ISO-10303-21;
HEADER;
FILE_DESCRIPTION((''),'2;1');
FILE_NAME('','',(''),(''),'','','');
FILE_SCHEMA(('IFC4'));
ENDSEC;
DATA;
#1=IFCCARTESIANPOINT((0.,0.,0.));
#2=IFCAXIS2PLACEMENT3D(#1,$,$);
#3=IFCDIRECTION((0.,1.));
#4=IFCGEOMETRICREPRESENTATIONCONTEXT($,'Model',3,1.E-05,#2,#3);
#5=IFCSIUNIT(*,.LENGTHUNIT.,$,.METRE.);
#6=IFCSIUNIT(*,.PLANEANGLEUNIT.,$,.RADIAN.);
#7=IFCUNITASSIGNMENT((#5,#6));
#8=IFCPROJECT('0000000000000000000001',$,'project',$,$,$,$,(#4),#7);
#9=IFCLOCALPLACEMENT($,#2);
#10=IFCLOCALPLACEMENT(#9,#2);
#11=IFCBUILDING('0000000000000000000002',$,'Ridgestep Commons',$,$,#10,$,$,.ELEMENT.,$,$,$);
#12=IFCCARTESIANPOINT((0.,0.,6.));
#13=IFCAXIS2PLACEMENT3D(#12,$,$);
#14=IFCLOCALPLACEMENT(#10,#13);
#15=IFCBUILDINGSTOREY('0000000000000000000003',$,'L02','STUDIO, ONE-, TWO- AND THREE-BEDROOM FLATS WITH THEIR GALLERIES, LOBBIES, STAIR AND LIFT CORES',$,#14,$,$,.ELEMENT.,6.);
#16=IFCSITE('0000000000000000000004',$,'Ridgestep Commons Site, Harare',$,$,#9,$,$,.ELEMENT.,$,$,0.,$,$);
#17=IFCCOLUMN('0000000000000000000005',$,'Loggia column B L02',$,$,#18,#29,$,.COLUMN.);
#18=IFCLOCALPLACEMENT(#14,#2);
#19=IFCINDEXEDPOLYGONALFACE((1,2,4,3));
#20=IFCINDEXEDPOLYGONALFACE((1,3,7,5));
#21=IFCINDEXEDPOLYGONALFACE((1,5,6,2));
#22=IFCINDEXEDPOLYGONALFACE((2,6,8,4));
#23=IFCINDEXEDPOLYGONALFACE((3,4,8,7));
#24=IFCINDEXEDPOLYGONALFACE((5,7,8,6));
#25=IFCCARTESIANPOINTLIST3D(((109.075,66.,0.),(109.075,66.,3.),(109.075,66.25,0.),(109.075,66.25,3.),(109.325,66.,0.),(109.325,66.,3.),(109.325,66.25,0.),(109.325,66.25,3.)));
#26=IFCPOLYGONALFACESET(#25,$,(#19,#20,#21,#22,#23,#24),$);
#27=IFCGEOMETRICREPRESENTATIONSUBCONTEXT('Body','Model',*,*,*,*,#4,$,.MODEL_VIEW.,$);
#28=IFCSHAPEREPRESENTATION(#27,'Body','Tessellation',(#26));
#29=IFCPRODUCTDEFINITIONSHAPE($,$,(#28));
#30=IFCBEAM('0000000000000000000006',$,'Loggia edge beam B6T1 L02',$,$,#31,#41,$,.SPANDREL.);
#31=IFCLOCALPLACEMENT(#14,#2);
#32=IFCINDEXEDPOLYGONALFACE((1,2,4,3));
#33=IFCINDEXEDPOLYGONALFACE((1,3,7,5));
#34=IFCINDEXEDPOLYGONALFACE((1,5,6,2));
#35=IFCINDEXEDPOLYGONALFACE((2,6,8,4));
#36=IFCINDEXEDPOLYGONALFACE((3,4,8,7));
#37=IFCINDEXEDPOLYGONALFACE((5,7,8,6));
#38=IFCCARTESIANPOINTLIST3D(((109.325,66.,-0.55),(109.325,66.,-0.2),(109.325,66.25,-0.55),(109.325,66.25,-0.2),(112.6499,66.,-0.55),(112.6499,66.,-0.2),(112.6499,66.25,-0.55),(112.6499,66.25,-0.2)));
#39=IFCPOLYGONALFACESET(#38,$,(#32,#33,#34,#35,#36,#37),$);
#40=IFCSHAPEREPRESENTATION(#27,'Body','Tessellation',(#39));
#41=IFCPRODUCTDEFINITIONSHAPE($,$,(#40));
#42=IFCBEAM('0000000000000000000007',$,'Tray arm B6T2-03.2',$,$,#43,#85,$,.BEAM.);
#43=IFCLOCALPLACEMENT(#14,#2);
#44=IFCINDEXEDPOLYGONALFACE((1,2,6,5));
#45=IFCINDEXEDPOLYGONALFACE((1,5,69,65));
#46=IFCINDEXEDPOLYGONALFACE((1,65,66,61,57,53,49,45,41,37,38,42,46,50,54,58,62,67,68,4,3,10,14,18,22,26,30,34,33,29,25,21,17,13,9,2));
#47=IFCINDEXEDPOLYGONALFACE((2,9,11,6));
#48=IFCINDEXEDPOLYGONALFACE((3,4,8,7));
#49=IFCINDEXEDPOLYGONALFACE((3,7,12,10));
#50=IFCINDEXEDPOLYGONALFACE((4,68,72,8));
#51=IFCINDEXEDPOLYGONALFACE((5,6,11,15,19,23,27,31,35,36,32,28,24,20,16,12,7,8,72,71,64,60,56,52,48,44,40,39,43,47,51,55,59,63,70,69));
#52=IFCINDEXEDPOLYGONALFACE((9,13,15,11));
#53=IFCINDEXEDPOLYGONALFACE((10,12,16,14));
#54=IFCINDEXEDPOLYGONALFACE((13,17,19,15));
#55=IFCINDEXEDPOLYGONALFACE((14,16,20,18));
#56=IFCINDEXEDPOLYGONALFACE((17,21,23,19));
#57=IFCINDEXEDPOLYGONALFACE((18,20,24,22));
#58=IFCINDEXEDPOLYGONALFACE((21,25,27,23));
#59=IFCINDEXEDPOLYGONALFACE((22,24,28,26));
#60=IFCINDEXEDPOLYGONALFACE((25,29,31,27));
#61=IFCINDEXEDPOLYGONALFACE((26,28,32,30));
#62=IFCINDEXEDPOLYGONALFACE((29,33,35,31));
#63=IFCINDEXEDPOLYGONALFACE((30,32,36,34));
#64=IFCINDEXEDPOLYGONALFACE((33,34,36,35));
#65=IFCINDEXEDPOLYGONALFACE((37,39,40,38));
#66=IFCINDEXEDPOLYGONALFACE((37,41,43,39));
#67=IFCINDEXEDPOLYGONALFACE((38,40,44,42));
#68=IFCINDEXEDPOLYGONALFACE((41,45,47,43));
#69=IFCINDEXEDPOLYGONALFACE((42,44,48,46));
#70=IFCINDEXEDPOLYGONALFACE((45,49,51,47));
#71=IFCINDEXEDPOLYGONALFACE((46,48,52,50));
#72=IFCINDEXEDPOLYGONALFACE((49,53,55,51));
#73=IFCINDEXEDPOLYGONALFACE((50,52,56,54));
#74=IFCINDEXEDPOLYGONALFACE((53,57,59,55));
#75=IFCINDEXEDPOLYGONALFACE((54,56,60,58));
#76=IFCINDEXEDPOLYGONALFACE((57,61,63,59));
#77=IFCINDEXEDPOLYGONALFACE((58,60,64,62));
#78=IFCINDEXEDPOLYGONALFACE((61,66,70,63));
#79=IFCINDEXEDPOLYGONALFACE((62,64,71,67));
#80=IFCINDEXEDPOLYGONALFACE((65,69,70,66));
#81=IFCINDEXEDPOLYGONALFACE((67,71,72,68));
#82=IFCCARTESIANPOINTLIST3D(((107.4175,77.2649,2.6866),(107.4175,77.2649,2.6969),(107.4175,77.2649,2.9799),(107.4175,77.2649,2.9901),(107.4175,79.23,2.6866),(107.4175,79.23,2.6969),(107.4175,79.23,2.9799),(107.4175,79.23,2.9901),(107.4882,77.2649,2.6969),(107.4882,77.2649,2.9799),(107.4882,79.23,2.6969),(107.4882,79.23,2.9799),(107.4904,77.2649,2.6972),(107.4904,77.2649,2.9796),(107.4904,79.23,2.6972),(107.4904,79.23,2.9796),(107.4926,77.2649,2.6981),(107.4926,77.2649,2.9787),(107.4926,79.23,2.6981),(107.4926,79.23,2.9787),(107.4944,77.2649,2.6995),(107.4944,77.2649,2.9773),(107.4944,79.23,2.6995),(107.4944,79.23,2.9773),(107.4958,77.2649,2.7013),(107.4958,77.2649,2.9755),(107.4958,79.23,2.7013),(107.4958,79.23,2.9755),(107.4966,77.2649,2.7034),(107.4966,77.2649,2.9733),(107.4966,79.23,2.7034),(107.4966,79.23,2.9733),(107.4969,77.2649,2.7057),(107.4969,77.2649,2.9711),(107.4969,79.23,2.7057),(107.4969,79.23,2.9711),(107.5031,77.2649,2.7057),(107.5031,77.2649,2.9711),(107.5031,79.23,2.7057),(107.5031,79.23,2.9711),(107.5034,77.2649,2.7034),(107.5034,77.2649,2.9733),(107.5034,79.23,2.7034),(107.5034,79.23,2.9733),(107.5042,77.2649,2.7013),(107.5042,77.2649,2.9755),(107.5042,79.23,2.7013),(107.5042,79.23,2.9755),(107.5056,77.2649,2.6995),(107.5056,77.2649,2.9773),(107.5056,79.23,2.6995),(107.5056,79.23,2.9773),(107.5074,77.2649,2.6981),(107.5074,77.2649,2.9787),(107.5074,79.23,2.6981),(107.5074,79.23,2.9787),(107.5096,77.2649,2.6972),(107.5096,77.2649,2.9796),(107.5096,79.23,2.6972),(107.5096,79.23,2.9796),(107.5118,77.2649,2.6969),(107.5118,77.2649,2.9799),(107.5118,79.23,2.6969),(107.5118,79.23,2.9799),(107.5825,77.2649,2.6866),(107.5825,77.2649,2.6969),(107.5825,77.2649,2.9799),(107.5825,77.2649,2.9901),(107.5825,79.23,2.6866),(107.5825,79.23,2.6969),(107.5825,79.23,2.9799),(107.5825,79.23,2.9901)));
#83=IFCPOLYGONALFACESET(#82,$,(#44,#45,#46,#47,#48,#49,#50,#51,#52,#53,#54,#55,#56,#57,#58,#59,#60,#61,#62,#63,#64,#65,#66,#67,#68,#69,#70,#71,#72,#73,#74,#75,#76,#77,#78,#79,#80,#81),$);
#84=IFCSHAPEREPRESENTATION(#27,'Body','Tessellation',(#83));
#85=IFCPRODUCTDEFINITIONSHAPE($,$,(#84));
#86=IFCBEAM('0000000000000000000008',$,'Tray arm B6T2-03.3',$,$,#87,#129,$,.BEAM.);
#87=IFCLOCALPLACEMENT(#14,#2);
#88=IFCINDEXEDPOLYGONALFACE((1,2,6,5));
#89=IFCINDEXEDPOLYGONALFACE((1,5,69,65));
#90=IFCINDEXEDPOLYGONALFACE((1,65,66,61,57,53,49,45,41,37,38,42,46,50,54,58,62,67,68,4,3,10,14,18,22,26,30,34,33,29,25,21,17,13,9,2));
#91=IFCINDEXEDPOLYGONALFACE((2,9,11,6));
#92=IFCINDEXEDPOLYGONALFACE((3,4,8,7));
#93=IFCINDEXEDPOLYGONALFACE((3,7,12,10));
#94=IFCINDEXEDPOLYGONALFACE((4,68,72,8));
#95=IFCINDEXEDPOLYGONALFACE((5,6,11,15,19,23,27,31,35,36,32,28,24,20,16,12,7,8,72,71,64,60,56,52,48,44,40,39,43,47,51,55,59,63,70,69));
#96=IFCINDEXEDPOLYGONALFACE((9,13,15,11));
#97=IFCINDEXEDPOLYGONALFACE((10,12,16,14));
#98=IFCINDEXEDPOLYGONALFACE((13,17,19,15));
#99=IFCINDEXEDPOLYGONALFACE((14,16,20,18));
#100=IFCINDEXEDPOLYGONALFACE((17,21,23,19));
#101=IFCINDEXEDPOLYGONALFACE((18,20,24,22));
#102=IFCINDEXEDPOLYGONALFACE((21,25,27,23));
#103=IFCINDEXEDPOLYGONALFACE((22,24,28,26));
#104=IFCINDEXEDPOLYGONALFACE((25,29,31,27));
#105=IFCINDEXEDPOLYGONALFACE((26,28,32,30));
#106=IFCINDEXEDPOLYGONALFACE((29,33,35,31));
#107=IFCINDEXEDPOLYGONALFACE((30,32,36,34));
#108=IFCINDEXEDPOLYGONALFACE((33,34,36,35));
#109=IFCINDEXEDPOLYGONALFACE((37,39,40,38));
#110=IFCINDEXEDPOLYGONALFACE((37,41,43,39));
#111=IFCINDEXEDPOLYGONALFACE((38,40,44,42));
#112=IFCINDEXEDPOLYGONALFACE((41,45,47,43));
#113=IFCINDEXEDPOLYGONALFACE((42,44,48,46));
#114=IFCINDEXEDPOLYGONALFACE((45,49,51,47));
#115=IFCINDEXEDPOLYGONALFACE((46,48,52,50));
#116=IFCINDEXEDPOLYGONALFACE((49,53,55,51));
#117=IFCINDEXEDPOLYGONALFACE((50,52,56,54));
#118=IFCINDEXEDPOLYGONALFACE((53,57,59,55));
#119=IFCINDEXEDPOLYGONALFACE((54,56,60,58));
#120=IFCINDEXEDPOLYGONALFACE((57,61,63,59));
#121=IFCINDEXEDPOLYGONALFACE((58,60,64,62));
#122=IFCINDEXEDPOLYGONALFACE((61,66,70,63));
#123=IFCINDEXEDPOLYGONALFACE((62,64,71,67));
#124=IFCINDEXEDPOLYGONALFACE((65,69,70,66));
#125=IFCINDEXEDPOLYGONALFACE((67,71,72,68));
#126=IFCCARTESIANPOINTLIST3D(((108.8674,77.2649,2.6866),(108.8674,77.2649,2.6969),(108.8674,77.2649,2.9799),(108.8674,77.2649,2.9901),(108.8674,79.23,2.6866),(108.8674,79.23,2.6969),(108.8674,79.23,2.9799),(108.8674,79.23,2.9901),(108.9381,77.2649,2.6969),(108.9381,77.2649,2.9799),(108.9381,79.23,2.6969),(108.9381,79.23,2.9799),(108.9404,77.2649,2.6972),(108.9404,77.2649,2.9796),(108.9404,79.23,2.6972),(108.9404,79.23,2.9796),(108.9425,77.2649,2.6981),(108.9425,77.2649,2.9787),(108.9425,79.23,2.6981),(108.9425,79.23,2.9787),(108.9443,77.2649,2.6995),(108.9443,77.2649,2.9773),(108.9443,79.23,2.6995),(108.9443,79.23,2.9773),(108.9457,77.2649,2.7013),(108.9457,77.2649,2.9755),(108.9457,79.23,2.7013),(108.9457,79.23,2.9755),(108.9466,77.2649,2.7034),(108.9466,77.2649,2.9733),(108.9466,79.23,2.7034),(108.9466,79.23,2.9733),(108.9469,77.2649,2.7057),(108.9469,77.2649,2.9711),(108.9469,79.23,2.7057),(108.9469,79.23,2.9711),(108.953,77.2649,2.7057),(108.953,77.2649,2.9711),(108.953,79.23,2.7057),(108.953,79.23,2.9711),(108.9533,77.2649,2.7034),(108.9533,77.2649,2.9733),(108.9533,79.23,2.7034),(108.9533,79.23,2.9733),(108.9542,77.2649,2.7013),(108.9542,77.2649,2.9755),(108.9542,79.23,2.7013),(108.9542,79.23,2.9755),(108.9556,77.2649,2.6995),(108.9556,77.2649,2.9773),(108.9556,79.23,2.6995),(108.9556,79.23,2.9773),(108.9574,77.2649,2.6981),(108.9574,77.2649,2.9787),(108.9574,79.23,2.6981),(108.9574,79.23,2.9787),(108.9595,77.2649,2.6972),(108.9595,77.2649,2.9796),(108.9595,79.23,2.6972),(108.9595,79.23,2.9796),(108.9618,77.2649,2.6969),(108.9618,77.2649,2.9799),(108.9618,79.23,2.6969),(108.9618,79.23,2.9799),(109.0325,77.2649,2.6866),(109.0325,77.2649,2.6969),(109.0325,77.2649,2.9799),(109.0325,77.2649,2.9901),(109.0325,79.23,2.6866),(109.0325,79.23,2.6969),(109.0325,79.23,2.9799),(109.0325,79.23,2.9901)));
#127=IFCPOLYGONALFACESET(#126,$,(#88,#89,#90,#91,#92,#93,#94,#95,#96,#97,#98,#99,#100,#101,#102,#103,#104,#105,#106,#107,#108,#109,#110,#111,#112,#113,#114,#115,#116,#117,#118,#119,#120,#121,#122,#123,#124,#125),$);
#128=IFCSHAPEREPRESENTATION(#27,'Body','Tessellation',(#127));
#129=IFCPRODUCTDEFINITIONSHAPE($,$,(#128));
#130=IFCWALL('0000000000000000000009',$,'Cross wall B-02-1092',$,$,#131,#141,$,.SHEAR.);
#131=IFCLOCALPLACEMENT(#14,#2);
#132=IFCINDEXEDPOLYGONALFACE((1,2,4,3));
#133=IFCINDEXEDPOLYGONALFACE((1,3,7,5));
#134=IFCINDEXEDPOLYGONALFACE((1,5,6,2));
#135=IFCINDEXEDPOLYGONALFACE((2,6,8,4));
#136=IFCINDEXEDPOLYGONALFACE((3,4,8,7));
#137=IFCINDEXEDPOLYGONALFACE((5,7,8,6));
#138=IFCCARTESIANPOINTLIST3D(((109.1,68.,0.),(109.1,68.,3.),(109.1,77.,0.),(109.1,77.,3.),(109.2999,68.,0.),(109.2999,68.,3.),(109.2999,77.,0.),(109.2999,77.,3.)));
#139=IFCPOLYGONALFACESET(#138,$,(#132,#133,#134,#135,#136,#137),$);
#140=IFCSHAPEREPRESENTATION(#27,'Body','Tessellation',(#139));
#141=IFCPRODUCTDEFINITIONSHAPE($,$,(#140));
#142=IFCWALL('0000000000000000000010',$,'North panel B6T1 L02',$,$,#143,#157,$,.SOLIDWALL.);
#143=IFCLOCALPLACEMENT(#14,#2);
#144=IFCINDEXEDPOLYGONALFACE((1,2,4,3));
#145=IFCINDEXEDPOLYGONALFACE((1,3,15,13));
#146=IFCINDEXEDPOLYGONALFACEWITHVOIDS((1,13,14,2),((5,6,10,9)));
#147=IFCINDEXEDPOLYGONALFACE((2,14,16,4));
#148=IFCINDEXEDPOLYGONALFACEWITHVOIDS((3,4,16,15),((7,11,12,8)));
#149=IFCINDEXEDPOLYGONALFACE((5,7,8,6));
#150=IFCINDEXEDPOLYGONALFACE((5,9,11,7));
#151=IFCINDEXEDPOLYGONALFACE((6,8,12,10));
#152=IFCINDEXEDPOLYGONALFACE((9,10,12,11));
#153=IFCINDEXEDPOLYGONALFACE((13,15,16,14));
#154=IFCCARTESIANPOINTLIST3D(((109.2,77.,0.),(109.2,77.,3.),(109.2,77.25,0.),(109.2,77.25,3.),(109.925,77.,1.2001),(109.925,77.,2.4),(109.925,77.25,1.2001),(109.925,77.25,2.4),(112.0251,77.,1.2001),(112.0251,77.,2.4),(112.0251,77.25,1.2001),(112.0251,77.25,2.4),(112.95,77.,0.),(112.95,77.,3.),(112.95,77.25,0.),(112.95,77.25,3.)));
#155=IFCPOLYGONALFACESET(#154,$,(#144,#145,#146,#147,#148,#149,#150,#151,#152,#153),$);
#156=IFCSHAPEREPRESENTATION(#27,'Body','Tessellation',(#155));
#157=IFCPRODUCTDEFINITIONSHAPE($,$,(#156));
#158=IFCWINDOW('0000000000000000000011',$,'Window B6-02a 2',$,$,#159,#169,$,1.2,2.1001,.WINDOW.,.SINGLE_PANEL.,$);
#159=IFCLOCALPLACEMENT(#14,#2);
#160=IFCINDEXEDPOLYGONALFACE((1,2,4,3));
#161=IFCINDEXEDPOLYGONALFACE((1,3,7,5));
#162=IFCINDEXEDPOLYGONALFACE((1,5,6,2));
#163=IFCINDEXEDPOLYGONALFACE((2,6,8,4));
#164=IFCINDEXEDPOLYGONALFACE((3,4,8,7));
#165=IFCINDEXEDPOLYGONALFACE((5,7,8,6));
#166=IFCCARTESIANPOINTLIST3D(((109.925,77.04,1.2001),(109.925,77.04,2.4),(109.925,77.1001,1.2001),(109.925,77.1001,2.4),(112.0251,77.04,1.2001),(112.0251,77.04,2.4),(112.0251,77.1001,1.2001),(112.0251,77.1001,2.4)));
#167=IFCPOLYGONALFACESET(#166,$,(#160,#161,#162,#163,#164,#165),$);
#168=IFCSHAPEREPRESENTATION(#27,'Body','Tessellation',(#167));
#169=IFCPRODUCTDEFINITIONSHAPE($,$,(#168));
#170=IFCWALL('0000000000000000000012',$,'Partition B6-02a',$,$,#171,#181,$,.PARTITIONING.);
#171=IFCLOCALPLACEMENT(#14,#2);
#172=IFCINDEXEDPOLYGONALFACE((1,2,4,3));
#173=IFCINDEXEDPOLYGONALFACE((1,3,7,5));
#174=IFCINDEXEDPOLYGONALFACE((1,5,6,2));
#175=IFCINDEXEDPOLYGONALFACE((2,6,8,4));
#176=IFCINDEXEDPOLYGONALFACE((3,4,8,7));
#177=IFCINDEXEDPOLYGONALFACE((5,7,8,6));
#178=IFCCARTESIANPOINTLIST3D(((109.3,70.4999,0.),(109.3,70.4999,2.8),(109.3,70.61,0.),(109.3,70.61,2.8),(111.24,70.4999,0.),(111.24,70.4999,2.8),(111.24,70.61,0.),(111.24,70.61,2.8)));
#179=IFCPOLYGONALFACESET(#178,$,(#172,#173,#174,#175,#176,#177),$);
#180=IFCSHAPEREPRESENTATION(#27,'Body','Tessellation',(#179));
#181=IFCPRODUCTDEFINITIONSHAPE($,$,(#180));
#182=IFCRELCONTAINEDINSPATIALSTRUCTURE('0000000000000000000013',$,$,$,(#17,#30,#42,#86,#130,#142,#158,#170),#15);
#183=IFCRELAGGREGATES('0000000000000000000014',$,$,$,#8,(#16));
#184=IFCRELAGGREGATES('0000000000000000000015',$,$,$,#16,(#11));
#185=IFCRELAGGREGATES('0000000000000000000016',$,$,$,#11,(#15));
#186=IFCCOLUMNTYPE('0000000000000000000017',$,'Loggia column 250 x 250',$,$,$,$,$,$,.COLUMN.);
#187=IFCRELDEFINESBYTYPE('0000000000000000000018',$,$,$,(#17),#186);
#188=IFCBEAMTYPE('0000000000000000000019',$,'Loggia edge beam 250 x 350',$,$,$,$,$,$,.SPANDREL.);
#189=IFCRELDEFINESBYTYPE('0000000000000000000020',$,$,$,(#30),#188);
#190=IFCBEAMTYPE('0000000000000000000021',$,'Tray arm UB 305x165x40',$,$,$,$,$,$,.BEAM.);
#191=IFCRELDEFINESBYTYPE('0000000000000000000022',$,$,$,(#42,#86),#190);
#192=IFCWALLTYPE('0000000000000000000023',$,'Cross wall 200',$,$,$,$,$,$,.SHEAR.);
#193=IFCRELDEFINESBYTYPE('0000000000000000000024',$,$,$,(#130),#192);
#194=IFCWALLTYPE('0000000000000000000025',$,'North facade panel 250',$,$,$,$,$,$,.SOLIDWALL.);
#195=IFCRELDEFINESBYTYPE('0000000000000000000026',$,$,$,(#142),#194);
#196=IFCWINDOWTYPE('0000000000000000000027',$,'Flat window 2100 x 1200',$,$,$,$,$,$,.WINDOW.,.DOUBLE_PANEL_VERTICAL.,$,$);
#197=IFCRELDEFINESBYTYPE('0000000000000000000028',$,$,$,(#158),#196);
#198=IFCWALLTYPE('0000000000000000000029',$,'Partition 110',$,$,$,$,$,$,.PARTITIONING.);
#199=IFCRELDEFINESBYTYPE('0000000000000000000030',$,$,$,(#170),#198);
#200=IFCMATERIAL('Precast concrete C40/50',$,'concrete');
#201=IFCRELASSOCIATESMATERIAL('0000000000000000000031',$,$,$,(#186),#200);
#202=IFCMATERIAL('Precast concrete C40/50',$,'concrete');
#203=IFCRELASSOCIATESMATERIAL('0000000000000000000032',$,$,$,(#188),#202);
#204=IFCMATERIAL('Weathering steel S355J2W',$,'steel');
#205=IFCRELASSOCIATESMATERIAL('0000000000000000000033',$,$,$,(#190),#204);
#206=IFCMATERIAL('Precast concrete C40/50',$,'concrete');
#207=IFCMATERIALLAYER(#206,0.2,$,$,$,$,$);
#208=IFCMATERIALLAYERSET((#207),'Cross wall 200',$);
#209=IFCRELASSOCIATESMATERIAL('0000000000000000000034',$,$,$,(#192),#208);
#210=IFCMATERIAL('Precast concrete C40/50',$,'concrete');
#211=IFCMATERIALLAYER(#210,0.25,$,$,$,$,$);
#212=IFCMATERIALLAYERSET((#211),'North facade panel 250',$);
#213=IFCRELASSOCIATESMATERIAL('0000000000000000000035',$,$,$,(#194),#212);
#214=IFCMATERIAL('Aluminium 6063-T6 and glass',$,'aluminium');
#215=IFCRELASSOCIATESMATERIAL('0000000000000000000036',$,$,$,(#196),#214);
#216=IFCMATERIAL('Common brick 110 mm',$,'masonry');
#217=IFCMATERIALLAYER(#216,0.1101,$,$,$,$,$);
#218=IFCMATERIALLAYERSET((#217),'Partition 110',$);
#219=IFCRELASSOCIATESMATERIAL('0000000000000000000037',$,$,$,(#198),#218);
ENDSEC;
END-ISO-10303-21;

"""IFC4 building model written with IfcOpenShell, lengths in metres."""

from ifc_helpers import new_model, si_unit, direction, frame, frame_2d, origin, origin_2d, place, context, subcontext, project, spatial, rectangle, i_section, extrude, material, layer, layer_set, material_profile, profile_set, type_object, element, fill, save


model = new_model("IFC4")

# Units and contexts
model_context = context("Model", 3, precision=1e-05, world=origin(), true_north=direction((0.0, 1.0)))
body_context = subcontext(model_context, "Body", "Model", "MODEL_VIEW")
ifc_project = project(units=[si_unit("LENGTHUNIT", "METRE"), si_unit("PLANEANGLEUNIT", "RADIAN")], contexts=[model_context])

# Site, building, storey
site_placement = place(None, origin())
site = spatial("IfcSite", under=ifc_project, at=site_placement, Name="Ridgestep Commons Site, Harare", CompositionType="ELEMENT", RefElevation=0.0)
building_placement = place(site_placement, origin())
building = spatial("IfcBuilding", under=site, at=building_placement, Name="Ridgestep Commons", CompositionType="ELEMENT")
storey_placement = place(building_placement, frame((0.0, 0.0, 6.0)))
storey = spatial("IfcBuildingStorey", under=building, at=storey_placement, Name="L02", Description="STUDIO, ONE-, TWO- AND THREE-BEDROOM FLATS WITH THEIR GALLERIES, LOBBIES, STAIR AND LIFT CORES", CompositionType="ELEMENT", Elevation=6.0)

# Column
ifc_material_1 = material(Name="Precast concrete C40/50", Category="concrete")
ifc_material_profile_1 = material_profile(ifc_material_1, rectangle(XDim=0.25, YDim=0.25, at=origin_2d()), Name="PC 250x250")
ifc_profile_set_1 = profile_set([ifc_material_profile_1], Name="Precast concrete C40/50")
column_type = type_object("IfcColumnType", Name="Loggia column 250 x 250", PredefinedType="COLUMN", material=ifc_profile_set_1)
column_placement = place(storey_placement, frame((109.2, 66.125, 0.0), z_axis=(0.0, 0.0, 1.0), x_axis=(1.0, 0.0, 0.0)))
element("IfcColumn", 1, at=column_placement, inside=storey, type_object=column_type, Name="Loggia column B L02", PredefinedType="COLUMN", context=body_context, shape_type="SweptSolid", body=[
    extrude(rectangle(XDim=0.25, YDim=0.25, at=origin_2d()), origin(), (0.0, 0.0, 1.0), 3.0),
])

# Beams
ifc_material_2 = material(Name="Precast concrete C40/50", Category="concrete")
ifc_material_profile_2 = material_profile(ifc_material_2, rectangle(XDim=0.25, YDim=0.3501, at=origin_2d()), Name="PC 250x350")
ifc_profile_set_2 = profile_set([ifc_material_profile_2], Name="Precast concrete C40/50")
beam_type_1 = type_object("IfcBeamType", Name="Loggia edge beam 250 x 350", PredefinedType="SPANDREL", material=ifc_profile_set_2)
beam_placement = place(storey_placement, frame((109.325, 66.125, -0.375), z_axis=(1.0, 0.0, 0.0), x_axis=(0.0, 1.0, 0.0)))
element("IfcBeam", 2, at=beam_placement, inside=storey, type_object=beam_type_1, Name="Loggia edge beam B6T1 L02", PredefinedType="SPANDREL", context=body_context, shape_type="SweptSolid", body=[
    extrude(rectangle(XDim=0.25, YDim=0.3501, at=origin_2d()), origin(), (0.0, 0.0, 1.0), 3.325),
])
ifc_material_3 = material(Name="Weathering steel S355J2W", Category="steel")
ifc_material_profile_3 = material_profile(ifc_material_3, i_section(OverallWidth=0.165, OverallDepth=0.3035, WebThickness=0.0061, FlangeThickness=0.0103, FilletRadius=0.0088, at=origin_2d()), Name="UB 305x165x40")
ifc_profile_set_3 = profile_set([ifc_material_profile_3], Name="Weathering steel S355J2W")
beam_type_2 = type_object("IfcBeamType", Name="Tray arm UB 305x165x40", PredefinedType="BEAM", material=ifc_profile_set_3)
for number, where, z_axis, x_axis, name in (
    (3, (107.5, 77.2649, 2.8384), (0.0, 1.0, 0.0), (-1.0, 0.0, 0.0), "Tray arm B6T2-03.2"),
    (4, (108.95, 77.2649, 2.8384), (0.0, 1.0, 0.0), (-1.0, 0.0, 0.0), "Tray arm B6T2-03.3"),
):
    element("IfcBeam", number, at=place(storey_placement, frame(where, z_axis=z_axis, x_axis=x_axis)), inside=storey, type_object=beam_type_2, Name=name, PredefinedType="BEAM", context=body_context, shape_type="SweptSolid", body=[
        extrude(i_section(OverallWidth=0.165, OverallDepth=0.3035, WebThickness=0.0061, FlangeThickness=0.0103, FilletRadius=0.0088, at=origin_2d()), origin(), (0.0, 0.0, 1.0), 1.9651),
    ])

# Wall
ifc_material_4 = material(Name="Precast concrete C40/50", Category="concrete")
ifc_layer_1 = layer(ifc_material_4, 0.2)
ifc_layer_set_1 = layer_set([ifc_layer_1], Name="Cross wall 200")
wall_type_1 = type_object("IfcWallType", Name="Cross wall 200", PredefinedType="SHEAR", material=ifc_layer_set_1)
wall_1_placement = place(storey_placement, frame((109.2, 68.0, 0.0), z_axis=(0.0, 0.0, 1.0), x_axis=(0.0, 1.0, 0.0)))
element("IfcWall", 5, at=wall_1_placement, inside=storey, type_object=wall_type_1, Name="Cross wall B-02-1092", PredefinedType="SHEAR", context=body_context, shape_type="SweptSolid", body=[
    extrude(rectangle(XDim=9.0, YDim=0.2, at=frame_2d((4.5, 0.0))), origin(), (0.0, 0.0, 1.0), 3.0),
])

# Wall, opening, window
ifc_material_5 = material(Name="Precast concrete C40/50", Category="concrete")
ifc_layer_2 = layer(ifc_material_5, 0.25)
ifc_layer_set_2 = layer_set([ifc_layer_2], Name="North facade panel 250")
wall_type_2 = type_object("IfcWallType", Name="North facade panel 250", PredefinedType="SOLIDWALL", material=ifc_layer_set_2)
wall_2_placement = place(storey_placement, frame((109.2, 77.125, 0.0), z_axis=(0.0, 0.0, 1.0), x_axis=(1.0, 0.0, 0.0)))
wall_2 = element("IfcWall", 6, at=wall_2_placement, inside=storey, type_object=wall_type_2, Name="North panel B6T1 L02", PredefinedType="SOLIDWALL", context=body_context, shape_type="SweptSolid", body=[
    extrude(rectangle(XDim=3.75, YDim=0.25, at=frame_2d((1.875, 0.0))), origin(), (0.0, 0.0, 1.0), 3.0),
])
opening_1_placement = place(wall_2_placement, frame((0.7251, 0.0, 1.2)))
opening_1 = element("IfcOpeningElement", 7, at=opening_1_placement, cuts=wall_2, PredefinedType="OPENING", context=body_context, shape_type="SweptSolid", body=[
    extrude(rectangle(XDim=2.1001, YDim=1.2, at=frame_2d((1.05, 0.6001))), frame((0.0, 0.135, 0.0), z_axis=(0.0, -1.0, 0.0), x_axis=(1.0, 0.0, 0.0)), (0.0, 0.0, 1.0), 0.27),
])
ifc_material_6 = material(Name="Aluminium 6063-T6 and glass", Category="aluminium")
window_type_1 = type_object("IfcWindowType", Name="Flat window 2100 x 1200", PartitioningType="DOUBLE_PANEL_VERTICAL", PredefinedType="WINDOW", material=ifc_material_6)
window_1_placement = place(opening_1_placement, origin())
window_1 = element("IfcWindow", 8, at=window_1_placement, inside=storey, type_object=window_type_1, Name="Window B6-02a 2", OverallHeight=1.2, OverallWidth=2.1001, PartitioningType="SINGLE_PANEL", PredefinedType="WINDOW", context=body_context, shape_type="SweptSolid", body=[
    extrude(rectangle(XDim=2.1001, YDim=1.2, at=frame_2d((1.05, 0.6001))), frame((0.0, -0.0249, 0.0), z_axis=(0.0, -1.0, 0.0), x_axis=(1.0, 0.0, 0.0)), (0.0, 0.0, 1.0), 0.0601),
])
fill(opening_1, window_1)

# Wall
ifc_material_7 = material(Name="Common brick 110 mm", Category="masonry")
ifc_layer_3 = layer(ifc_material_7, 0.1101)
ifc_layer_set_3 = layer_set([ifc_layer_3], Name="Partition 110")
wall_type_3 = type_object("IfcWallType", Name="Partition 110", PredefinedType="PARTITIONING", material=ifc_layer_set_3)
wall_3_placement = place(storey_placement, frame((109.3, 70.5549, 0.0), z_axis=(0.0, 0.0, 1.0), x_axis=(1.0, 0.0, 0.0)))
element("IfcWall", 9, at=wall_3_placement, inside=storey, type_object=wall_type_3, Name="Partition B6-02a", PredefinedType="PARTITIONING", context=body_context, shape_type="SweptSolid", body=[
    extrude(rectangle(XDim=1.9399, YDim=0.1101, at=frame_2d((0.97, 0.0))), origin(), (0.0, 0.0, 1.0), 2.8),
])

save(model, "model.ifc")
